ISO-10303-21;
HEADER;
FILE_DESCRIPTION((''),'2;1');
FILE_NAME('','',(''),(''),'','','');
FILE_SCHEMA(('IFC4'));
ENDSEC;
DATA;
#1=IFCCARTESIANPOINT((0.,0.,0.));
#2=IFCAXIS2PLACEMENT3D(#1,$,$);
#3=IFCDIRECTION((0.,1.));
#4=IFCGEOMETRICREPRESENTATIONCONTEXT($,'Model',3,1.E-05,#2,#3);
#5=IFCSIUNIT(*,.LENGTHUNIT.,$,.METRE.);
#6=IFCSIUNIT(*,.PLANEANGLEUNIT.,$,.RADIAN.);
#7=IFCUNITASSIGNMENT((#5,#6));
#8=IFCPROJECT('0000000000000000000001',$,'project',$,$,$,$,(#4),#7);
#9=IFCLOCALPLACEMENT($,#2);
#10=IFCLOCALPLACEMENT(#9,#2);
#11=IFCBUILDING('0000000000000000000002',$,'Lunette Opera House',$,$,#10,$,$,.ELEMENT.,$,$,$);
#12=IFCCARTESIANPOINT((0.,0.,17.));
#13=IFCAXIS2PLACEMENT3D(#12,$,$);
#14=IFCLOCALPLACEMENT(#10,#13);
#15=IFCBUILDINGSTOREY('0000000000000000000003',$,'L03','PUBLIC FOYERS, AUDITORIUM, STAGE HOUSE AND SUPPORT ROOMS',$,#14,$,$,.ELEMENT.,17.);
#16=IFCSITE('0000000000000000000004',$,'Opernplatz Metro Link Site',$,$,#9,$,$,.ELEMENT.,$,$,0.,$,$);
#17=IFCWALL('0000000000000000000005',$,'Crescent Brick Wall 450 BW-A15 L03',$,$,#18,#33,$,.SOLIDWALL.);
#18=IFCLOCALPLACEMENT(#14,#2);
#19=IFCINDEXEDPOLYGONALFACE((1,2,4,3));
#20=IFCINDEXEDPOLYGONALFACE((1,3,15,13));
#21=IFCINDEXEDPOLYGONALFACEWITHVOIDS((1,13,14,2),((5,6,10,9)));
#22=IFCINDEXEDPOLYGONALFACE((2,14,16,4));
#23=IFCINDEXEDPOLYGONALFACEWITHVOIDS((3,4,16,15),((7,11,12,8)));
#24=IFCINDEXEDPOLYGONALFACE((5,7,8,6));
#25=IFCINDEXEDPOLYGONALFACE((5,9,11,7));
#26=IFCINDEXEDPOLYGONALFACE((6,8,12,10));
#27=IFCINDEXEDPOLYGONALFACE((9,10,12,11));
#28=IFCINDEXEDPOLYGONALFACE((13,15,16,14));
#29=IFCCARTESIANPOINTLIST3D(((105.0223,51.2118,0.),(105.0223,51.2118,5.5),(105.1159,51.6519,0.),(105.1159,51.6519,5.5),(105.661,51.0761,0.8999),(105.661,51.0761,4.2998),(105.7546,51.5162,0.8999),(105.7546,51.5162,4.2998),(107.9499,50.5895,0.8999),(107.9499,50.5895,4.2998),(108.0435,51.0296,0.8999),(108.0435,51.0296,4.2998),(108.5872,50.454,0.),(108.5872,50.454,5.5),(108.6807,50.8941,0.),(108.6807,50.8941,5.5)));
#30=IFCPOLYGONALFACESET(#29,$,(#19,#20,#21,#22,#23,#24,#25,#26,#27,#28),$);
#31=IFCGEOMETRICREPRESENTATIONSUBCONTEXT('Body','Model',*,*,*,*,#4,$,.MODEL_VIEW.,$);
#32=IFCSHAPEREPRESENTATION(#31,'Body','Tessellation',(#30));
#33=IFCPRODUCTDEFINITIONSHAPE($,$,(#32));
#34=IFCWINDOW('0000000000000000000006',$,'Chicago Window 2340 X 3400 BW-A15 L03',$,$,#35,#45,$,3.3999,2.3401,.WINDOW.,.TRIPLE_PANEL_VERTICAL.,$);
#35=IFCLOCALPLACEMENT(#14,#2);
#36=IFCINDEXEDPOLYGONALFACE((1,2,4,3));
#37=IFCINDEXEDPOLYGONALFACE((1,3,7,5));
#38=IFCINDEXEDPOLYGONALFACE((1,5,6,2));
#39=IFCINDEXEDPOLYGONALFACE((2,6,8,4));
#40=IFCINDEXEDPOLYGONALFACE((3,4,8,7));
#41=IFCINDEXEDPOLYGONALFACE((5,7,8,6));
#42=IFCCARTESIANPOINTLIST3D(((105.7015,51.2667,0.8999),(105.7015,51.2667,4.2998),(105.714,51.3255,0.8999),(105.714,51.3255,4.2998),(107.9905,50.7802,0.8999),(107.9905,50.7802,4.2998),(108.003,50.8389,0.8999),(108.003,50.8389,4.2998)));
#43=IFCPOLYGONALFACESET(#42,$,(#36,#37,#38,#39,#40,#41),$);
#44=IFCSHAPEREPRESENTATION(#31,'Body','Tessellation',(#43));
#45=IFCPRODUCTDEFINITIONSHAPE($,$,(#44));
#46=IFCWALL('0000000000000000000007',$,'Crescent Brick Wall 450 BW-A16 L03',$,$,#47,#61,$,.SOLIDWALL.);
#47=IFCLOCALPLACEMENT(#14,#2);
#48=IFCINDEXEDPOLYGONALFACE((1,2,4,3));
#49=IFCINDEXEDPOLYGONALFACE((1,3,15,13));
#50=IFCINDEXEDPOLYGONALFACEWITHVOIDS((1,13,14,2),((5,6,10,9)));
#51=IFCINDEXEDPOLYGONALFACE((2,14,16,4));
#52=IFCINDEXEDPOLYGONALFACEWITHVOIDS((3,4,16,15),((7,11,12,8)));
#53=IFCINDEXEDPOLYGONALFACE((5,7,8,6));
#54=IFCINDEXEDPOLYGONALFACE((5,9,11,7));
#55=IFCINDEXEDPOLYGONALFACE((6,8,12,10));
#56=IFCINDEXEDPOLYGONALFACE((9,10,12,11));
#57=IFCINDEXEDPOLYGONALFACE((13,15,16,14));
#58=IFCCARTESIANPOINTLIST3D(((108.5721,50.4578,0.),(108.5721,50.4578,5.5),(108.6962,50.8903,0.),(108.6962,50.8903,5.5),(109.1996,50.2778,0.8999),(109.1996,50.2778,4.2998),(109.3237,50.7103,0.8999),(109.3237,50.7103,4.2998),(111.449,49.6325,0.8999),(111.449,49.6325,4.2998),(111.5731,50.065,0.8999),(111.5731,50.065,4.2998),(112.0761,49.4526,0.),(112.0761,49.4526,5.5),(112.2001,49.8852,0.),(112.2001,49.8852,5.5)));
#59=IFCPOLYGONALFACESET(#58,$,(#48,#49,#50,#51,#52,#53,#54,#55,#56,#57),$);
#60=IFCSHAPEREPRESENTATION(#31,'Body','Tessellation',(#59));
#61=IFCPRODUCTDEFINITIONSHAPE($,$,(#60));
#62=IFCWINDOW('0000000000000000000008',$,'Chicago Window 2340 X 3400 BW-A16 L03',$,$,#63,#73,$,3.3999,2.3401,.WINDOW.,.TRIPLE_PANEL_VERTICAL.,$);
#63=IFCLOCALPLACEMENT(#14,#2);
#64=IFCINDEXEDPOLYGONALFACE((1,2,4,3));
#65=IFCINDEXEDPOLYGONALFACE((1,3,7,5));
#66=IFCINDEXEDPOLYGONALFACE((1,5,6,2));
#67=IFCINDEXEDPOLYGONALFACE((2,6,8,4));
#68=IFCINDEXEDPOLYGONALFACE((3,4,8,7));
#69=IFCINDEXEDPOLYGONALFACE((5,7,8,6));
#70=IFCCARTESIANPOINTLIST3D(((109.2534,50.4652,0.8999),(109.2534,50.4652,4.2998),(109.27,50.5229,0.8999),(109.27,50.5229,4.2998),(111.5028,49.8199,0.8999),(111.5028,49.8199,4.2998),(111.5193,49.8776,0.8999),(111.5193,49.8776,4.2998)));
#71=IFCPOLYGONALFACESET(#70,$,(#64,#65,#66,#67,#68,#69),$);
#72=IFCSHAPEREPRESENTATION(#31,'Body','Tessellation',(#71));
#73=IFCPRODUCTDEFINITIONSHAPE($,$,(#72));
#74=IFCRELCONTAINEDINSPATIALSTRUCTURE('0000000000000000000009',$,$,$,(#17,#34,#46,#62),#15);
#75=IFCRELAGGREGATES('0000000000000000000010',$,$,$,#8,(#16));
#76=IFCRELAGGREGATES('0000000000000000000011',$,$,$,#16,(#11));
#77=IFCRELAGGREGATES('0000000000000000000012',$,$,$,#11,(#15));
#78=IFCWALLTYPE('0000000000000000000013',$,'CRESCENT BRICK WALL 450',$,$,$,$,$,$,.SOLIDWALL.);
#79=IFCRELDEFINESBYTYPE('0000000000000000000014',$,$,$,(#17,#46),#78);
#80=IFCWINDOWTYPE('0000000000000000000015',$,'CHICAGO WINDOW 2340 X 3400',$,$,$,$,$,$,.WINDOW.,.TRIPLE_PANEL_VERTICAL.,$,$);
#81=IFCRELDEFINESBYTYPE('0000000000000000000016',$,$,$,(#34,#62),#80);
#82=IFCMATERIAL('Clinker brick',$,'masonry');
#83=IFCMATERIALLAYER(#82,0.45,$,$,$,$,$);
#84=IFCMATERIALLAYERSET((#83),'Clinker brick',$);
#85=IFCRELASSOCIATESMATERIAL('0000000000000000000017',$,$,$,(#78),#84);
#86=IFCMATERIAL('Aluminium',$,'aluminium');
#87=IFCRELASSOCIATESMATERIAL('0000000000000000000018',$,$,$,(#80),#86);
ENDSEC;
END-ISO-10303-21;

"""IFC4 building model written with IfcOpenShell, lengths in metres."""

from ifc_helpers import new_model, si_unit, direction, frame, frame_2d, origin, place, context, subcontext, project, spatial, rectangle, extrude, material, layer, layer_set, type_object, element, fill, save


model = new_model("IFC4")

# Units and contexts
model_context = context("Model", 3, precision=1e-05, world=origin(), true_north=direction((0.0, 1.0)))
body_context = subcontext(model_context, "Body", "Model", "MODEL_VIEW")
ifc_project = project(units=[si_unit("LENGTHUNIT", "METRE"), si_unit("PLANEANGLEUNIT", "RADIAN")], contexts=[model_context])

# Site, building, storey
site_placement = place(None, origin())
site = spatial("IfcSite", under=ifc_project, at=site_placement, Name="Opernplatz Metro Link Site", CompositionType="ELEMENT", RefElevation=0.0)
building_placement = place(site_placement, origin())
building = spatial("IfcBuilding", under=site, at=building_placement, Name="Lunette Opera House", CompositionType="ELEMENT")
storey_placement = place(building_placement, frame((0.0, 0.0, 17.0)))
storey = spatial("IfcBuildingStorey", under=building, at=storey_placement, Name="L03", Description="PUBLIC FOYERS, AUDITORIUM, STAGE HOUSE AND SUPPORT ROOMS", CompositionType="ELEMENT", Elevation=17.0)

# Walls, openings, windows
ifc_material_1 = material(Name="Clinker brick", Category="masonry")
ifc_layer_1 = layer(ifc_material_1, 0.45)
ifc_layer_set_1 = layer_set([ifc_layer_1], Name="Clinker brick")
wall_type_1 = type_object("IfcWallType", Name="CRESCENT BRICK WALL 450", PredefinedType="SOLIDWALL", material=ifc_layer_set_1)
wall_1_placement = place(storey_placement, frame((105.0691, 51.4319, 0.0), z_axis=(0.0, 0.0, 1.0), x_axis=(0.978144, -0.207928, 0.0)))
wall_1 = element("IfcWall", 1, at=wall_1_placement, inside=storey, type_object=wall_type_1, Name="Crescent Brick Wall 450 BW-A15 L03", PredefinedType="SOLIDWALL", context=body_context, shape_type="SweptSolid", body=[
    extrude(rectangle(XDim=3.6445, YDim=0.45, at=frame_2d((1.8223, 0.0))), origin(), (0.0, 0.0, 1.0), 5.5),
])
opening_1_placement = place(wall_1_placement, frame((0.6531, 0.0, 0.8999)))
opening_1 = element("IfcOpeningElement", 2, at=opening_1_placement, cuts=wall_1, PredefinedType="OPENING", context=body_context, shape_type="SweptSolid", body=[
    extrude(rectangle(XDim=2.3401, YDim=3.3999, at=frame_2d((1.1699, 1.7))), frame((0.0, 0.2371, 0.0), z_axis=(0.0, -1.0, 0.0), x_axis=(1.0, 0.0, 0.0)), (0.0, 0.0, 1.0), 0.4739),
])
ifc_material_2 = material(Name="Aluminium", Category="aluminium")
window_type_1 = type_object("IfcWindowType", Name="CHICAGO WINDOW 2340 X 3400", PartitioningType="TRIPLE_PANEL_VERTICAL", PredefinedType="WINDOW", material=ifc_material_2)
window_1_placement = place(opening_1_placement, origin())
window_1 = element("IfcWindow", 3, at=window_1_placement, inside=storey, type_object=window_type_1, Name="Chicago Window 2340 X 3400 BW-A15 L03", OverallHeight=3.3999, OverallWidth=2.3401, PartitioningType="TRIPLE_PANEL_VERTICAL", PredefinedType="WINDOW", context=body_context, shape_type="SweptSolid", body=[
    extrude(rectangle(XDim=2.3401, YDim=3.3999, at=frame_2d((1.1699, 1.7))), frame((0.0, 0.03, 0.0), z_axis=(0.0, -1.0, 0.0), x_axis=(1.0, 0.0, 0.0)), (0.0, 0.0, 1.0), 0.0601),
])
fill(opening_1, window_1)
wall_2_placement = place(storey_placement, frame((108.634, 50.6741, 0.0), z_axis=(0.0, 0.0, 1.0), x_axis=(0.961233, -0.275738, 0.0)))
wall_2 = element("IfcWall", 4, at=wall_2_placement, inside=storey, type_object=wall_type_1, Name="Crescent Brick Wall 450 BW-A16 L03", PredefinedType="SOLIDWALL", context=body_context, shape_type="SweptSolid", body=[
    extrude(rectangle(XDim=3.6453, YDim=0.45, at=frame_2d((1.8228, 0.0))), origin(), (0.0, 0.0, 1.0), 5.5),
])
opening_2_placement = place(wall_2_placement, frame((0.6531, 0.0, 0.8999)))
opening_2 = element("IfcOpeningElement", 5, at=opening_2_placement, cuts=wall_2, PredefinedType="OPENING", context=body_context, shape_type="SweptSolid", body=[
    extrude(rectangle(XDim=2.3401, YDim=3.3999, at=frame_2d((1.1699, 1.7))), frame((0.0, 0.2371, 0.0), z_axis=(0.0, -1.0, 0.0), x_axis=(1.0, 0.0, 0.0)), (0.0, 0.0, 1.0), 0.4739),
])
window_2_placement = place(opening_2_placement, origin())
window_2 = element("IfcWindow", 6, at=window_2_placement, inside=storey, type_object=window_type_1, Name="Chicago Window 2340 X 3400 BW-A16 L03", OverallHeight=3.3999, OverallWidth=2.3401, PartitioningType="TRIPLE_PANEL_VERTICAL", PredefinedType="WINDOW", context=body_context, shape_type="SweptSolid", body=[
    extrude(rectangle(XDim=2.3401, YDim=3.3999, at=frame_2d((1.1699, 1.7))), frame((0.0, 0.03, 0.0), z_axis=(0.0, -1.0, 0.0), x_axis=(1.0, 0.0, 0.0)), (0.0, 0.0, 1.0), 0.0601),
])
fill(opening_2, window_2)

save(model, "model.ifc")
